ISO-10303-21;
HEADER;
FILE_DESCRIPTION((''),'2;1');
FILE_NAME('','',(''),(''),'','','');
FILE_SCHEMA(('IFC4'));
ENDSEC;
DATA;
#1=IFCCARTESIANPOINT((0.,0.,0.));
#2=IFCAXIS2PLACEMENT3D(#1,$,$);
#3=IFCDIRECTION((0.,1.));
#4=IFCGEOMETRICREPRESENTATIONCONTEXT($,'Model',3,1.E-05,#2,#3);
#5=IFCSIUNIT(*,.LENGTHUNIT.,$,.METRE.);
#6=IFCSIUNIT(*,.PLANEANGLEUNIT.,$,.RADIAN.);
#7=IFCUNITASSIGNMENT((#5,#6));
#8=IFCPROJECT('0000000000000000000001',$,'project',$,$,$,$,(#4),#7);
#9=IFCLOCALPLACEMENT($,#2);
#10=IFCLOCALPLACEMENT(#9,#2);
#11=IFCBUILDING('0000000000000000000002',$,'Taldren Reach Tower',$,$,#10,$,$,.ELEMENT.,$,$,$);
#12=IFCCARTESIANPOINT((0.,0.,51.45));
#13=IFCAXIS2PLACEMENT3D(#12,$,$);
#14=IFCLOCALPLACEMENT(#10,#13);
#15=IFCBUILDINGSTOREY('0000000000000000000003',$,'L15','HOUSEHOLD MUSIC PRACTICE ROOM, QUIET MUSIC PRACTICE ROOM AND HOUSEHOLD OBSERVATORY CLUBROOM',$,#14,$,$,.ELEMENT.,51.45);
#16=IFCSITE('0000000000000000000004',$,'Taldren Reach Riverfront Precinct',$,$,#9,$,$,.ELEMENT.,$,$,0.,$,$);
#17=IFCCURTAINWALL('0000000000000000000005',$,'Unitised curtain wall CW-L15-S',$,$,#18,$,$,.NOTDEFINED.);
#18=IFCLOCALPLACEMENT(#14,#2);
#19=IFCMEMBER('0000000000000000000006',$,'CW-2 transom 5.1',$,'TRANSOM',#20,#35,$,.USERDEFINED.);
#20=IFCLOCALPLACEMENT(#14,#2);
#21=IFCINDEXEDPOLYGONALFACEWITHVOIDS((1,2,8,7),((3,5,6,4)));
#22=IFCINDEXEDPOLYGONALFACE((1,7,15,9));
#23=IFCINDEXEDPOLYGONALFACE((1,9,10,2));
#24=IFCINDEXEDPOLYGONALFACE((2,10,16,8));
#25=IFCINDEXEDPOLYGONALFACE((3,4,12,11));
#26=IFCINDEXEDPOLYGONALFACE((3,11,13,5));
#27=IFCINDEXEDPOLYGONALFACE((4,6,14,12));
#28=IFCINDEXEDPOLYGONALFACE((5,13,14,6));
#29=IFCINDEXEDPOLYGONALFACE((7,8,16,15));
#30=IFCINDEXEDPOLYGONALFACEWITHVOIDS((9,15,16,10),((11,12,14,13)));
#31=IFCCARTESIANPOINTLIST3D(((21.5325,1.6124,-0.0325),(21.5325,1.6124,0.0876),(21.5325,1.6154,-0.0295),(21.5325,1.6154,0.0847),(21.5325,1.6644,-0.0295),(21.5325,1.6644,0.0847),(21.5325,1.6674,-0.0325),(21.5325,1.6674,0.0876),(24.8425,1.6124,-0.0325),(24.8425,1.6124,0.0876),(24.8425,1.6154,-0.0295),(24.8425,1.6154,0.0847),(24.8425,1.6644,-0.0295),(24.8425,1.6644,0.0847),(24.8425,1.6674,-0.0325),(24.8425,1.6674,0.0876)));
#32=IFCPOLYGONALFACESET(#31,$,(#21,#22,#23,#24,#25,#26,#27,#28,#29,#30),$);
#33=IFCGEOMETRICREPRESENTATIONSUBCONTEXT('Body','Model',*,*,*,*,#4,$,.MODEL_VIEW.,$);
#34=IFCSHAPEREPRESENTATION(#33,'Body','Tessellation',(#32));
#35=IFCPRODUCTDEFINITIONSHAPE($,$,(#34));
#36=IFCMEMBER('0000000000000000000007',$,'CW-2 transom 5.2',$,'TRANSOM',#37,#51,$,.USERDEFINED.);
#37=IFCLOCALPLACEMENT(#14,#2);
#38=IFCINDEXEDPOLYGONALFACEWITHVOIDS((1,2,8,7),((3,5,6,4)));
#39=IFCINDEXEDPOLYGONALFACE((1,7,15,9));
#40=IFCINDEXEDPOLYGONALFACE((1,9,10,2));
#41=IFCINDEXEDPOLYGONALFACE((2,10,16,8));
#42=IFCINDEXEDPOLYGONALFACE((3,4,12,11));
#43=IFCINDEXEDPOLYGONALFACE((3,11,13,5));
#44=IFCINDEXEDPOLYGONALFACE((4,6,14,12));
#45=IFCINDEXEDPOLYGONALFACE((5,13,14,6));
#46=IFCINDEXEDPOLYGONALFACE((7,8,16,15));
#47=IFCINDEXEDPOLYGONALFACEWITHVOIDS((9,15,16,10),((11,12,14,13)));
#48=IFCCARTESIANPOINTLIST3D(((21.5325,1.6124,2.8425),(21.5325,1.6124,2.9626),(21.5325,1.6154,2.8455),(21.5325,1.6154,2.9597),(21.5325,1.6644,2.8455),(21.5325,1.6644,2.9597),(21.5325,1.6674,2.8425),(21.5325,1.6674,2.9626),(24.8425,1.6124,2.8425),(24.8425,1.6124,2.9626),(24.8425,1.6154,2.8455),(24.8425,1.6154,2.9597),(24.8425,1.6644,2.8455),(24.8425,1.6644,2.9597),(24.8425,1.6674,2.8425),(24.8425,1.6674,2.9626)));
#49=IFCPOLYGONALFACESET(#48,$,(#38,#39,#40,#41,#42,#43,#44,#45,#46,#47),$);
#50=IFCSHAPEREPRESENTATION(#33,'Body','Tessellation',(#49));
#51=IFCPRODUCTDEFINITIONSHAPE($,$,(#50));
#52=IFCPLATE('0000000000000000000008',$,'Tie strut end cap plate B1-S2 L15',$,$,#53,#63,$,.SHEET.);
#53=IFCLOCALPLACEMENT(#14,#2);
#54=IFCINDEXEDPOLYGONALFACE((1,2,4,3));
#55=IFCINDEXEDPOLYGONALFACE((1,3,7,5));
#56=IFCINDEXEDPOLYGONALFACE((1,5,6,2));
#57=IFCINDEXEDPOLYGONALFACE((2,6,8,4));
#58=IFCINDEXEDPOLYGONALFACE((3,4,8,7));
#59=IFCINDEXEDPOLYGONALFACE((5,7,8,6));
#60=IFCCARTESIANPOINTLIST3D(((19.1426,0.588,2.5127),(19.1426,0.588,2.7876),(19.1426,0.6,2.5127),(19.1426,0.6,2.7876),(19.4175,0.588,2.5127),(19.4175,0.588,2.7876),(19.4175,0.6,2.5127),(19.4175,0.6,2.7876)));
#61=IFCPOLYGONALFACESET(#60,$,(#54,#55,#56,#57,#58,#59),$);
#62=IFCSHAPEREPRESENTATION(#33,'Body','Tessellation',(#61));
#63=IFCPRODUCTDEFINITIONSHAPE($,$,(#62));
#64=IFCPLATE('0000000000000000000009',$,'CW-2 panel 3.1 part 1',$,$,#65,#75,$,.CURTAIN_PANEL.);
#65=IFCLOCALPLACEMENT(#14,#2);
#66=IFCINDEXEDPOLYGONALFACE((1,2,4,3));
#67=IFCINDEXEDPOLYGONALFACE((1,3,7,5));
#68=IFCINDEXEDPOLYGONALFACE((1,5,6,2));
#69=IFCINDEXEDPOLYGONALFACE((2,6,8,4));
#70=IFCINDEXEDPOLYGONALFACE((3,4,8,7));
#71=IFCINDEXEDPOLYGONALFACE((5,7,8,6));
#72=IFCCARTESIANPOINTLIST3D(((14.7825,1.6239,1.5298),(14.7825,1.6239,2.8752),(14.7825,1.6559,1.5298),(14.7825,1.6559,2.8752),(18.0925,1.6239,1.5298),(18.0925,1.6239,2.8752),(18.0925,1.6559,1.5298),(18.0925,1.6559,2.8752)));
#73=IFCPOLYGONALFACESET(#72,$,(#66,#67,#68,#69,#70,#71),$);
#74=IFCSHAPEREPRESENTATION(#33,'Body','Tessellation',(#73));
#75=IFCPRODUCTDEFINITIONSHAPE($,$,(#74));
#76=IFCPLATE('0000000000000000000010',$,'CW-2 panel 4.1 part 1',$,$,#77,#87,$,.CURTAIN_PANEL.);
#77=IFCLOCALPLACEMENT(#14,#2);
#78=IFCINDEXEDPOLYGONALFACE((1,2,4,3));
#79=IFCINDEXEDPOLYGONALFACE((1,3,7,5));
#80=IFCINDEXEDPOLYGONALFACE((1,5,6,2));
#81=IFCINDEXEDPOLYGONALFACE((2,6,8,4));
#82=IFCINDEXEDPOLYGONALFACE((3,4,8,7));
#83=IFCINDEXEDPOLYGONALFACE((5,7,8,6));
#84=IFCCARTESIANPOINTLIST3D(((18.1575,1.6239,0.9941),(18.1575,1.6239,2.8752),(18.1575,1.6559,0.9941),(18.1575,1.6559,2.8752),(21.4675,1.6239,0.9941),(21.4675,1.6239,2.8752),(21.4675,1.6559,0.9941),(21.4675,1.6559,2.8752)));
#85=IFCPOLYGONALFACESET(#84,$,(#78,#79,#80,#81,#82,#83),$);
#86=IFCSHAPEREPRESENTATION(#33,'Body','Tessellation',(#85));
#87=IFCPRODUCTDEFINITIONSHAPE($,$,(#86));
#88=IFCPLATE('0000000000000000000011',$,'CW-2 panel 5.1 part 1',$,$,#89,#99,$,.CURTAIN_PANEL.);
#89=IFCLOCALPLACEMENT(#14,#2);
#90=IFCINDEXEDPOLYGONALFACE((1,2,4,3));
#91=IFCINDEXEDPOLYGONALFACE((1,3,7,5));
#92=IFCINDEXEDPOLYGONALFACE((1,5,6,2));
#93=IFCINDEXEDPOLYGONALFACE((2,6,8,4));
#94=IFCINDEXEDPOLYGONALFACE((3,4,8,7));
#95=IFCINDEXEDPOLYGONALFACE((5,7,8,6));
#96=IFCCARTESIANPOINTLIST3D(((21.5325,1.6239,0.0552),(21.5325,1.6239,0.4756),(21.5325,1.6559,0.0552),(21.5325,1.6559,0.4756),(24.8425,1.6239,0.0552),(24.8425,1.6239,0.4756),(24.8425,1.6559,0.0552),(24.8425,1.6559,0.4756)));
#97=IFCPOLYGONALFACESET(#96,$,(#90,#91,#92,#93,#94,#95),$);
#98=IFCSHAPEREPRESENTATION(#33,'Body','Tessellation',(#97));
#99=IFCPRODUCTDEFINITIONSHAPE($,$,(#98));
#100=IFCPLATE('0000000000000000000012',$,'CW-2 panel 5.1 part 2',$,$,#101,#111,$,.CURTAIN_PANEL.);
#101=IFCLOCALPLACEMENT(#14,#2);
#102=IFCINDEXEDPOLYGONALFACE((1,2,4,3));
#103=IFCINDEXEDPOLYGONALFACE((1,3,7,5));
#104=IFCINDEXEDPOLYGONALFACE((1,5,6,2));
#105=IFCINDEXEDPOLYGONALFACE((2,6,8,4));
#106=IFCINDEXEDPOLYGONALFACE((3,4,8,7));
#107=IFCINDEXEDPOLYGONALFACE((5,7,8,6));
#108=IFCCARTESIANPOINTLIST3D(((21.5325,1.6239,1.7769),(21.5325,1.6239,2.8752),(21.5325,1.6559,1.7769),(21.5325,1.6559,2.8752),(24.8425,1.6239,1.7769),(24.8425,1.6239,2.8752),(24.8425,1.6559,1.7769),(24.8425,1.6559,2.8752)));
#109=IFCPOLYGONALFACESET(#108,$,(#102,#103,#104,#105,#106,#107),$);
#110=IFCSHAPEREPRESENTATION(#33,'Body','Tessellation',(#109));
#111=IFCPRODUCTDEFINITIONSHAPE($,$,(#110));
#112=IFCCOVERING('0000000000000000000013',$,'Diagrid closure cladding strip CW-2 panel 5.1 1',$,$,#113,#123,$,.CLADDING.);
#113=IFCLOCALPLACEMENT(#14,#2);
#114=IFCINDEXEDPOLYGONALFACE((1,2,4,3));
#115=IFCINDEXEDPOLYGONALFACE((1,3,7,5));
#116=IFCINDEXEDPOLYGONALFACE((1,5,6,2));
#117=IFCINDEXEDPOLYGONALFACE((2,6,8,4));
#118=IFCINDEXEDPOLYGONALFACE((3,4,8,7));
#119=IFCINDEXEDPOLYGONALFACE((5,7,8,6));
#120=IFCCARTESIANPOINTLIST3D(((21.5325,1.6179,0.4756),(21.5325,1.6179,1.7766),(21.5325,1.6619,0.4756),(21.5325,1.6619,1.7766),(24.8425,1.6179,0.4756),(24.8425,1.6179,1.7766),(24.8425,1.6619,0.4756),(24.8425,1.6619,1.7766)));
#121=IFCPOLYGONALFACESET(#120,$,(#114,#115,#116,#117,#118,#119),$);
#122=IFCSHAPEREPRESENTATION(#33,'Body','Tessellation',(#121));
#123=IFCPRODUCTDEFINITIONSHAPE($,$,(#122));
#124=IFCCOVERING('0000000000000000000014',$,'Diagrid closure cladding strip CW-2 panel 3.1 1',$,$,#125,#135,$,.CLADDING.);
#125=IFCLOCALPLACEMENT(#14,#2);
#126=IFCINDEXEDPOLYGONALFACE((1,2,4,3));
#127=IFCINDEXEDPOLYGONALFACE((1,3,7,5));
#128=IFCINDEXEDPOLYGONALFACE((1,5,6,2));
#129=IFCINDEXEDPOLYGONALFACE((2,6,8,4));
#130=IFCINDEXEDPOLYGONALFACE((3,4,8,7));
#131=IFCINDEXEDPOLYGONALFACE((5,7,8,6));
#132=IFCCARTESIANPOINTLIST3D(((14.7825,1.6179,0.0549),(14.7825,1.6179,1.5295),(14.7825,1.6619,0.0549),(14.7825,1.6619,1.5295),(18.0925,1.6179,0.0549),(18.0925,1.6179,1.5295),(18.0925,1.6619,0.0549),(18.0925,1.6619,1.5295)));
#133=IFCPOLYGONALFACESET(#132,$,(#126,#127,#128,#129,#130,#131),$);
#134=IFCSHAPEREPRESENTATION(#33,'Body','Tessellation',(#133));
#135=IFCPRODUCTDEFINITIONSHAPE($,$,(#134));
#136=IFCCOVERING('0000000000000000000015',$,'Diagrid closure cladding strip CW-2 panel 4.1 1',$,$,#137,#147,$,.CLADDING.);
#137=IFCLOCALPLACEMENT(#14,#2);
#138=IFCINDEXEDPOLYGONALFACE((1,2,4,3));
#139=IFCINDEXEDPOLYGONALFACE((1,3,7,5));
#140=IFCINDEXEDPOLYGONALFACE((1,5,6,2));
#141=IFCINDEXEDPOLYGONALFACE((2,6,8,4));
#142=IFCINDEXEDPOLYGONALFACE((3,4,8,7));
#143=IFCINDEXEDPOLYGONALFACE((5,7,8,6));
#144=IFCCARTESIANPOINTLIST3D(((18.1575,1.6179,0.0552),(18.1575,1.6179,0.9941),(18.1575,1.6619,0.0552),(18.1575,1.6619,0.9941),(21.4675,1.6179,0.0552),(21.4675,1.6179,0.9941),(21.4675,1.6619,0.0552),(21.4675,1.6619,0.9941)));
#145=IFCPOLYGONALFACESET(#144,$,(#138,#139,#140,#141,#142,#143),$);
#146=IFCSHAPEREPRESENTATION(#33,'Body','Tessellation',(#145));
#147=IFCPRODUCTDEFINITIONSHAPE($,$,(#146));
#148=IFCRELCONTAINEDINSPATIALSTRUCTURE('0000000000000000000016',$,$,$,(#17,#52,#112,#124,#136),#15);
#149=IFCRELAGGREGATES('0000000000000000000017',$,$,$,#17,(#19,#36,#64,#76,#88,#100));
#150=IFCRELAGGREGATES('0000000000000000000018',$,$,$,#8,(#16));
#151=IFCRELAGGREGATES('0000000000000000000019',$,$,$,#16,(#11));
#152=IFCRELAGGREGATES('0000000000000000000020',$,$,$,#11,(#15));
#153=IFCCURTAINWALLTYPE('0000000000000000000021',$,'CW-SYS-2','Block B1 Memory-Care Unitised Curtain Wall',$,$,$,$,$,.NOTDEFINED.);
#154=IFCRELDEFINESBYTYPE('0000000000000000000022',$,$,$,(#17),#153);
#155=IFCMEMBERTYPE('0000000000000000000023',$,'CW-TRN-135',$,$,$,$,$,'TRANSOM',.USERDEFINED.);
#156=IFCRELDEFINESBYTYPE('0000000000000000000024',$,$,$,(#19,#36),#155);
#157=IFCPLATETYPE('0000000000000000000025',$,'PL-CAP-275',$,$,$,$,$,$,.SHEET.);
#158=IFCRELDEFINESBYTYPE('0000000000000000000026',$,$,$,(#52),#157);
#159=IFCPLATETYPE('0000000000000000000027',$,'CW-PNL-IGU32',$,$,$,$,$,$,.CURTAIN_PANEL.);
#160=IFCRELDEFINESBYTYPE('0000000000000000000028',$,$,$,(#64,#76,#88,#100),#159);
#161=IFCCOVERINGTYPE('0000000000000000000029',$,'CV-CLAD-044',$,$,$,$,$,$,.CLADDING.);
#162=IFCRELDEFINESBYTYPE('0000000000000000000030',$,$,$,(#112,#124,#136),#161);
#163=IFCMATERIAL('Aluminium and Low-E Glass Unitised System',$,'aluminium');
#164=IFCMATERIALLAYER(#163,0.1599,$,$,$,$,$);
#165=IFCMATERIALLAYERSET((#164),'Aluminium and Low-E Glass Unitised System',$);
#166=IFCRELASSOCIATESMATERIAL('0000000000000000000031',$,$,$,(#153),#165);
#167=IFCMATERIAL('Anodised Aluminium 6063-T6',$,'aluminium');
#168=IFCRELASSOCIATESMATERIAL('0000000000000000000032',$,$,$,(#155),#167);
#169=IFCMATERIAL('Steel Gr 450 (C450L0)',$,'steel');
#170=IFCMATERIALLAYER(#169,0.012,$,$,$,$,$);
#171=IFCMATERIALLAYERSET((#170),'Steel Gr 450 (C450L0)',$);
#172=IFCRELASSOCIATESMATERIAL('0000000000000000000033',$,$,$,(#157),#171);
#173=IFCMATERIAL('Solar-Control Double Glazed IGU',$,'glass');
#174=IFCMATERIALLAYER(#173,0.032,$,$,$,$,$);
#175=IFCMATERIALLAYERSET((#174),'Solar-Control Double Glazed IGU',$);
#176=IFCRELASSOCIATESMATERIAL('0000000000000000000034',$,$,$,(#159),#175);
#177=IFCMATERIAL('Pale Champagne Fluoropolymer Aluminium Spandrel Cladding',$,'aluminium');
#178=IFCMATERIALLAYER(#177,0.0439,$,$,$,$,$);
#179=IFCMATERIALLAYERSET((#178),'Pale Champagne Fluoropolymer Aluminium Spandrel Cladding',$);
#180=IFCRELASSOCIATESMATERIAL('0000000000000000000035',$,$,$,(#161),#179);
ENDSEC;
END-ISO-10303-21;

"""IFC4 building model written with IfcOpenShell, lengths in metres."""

from ifc_helpers import new_model, si_unit, direction, frame, origin, origin_2d, place, context, subcontext, project, spatial, rectangle, hollow_rectangle, extrude, source, transform, mapped, material, layer, layer_set, material_profile, profile_set, type_object, element, aggregate, save


model = new_model("IFC4")

# Units and contexts
model_context = context("Model", 3, precision=1e-05, world=origin(), true_north=direction((0.0, 1.0)))
body_context = subcontext(model_context, "Body", "Model", "MODEL_VIEW")
ifc_project = project(units=[si_unit("LENGTHUNIT", "METRE"), si_unit("PLANEANGLEUNIT", "RADIAN")], contexts=[model_context])

# Site, building, storey
site_placement = place(None, origin())
site = spatial("IfcSite", under=ifc_project, at=site_placement, Name="Taldren Reach Riverfront Precinct", CompositionType="ELEMENT", RefElevation=0.0)
building_placement = place(site_placement, origin())
building = spatial("IfcBuilding", under=site, at=building_placement, Name="Taldren Reach Tower", CompositionType="ELEMENT")
storey_placement = place(building_placement, frame((0.0, 0.0, 51.45)))
storey = spatial("IfcBuildingStorey", under=building, at=storey_placement, Name="L15", Description="HOUSEHOLD MUSIC PRACTICE ROOM, QUIET MUSIC PRACTICE ROOM AND HOUSEHOLD OBSERVATORY CLUBROOM", CompositionType="ELEMENT", Elevation=51.45)

# Shared definitions
ifc_material_1 = material(Name="Steel Gr 450 (C450L0)", Category="steel")

# Curtain wall, members
ifc_material_2 = material(Name="Aluminium and Low-E Glass Unitised System", Category="aluminium")
ifc_layer_1 = layer(ifc_material_2, 0.1599)
ifc_layer_set_1 = layer_set([ifc_layer_1], Name="Aluminium and Low-E Glass Unitised System")
curtain_wall_type = type_object("IfcCurtainWallType", Name="CW-SYS-2", Description="Block B1 Memory-Care Unitised Curtain Wall", PredefinedType="NOTDEFINED", material=ifc_layer_set_1)
curtain_wall_placement = place(storey_placement, origin())
curtain_wall = element("IfcCurtainWall", 1, at=curtain_wall_placement, inside=storey, type_object=curtain_wall_type, Name="Unitised curtain wall CW-L15-S", PredefinedType="NOTDEFINED")
ifc_material_3 = material(Name="Anodised Aluminium 6063-T6", Category="aluminium")
ifc_material_profile_1 = material_profile(ifc_material_3, hollow_rectangle(XDim=0.0549, YDim=0.1201, WallThickness=0.0029, at=origin_2d()), Name="ALU-120x55x3RHS")
ifc_profile_set_1 = profile_set([ifc_material_profile_1], Name="Anodised Aluminium 6063-T6")
member_type_1 = type_object("IfcMemberType", Name="CW-TRN-135", ElementType="TRANSOM", PredefinedType="USERDEFINED", material=ifc_profile_set_1)
shared_shape_1 = source(origin(), body_context, "Body", "SweptSolid", [
    extrude(hollow_rectangle(XDim=0.0549, YDim=0.1201, WallThickness=0.0029, at=origin_2d()), origin(), (0.0, 0.0, 1.0), 3.3101),
])
member_1_placement = place(storey_placement, frame((21.5325, 1.6399, 0.0276), z_axis=(1.0, 0.0, 0.0), x_axis=(0.0, 1.0, 0.0)))
member_1 = element("IfcMember", 2, at=member_1_placement, type_object=member_type_1, Name="CW-2 transom 5.1", ObjectType="TRANSOM", PredefinedType="USERDEFINED", context=body_context, shape_type="MappedRepresentation", body=[
    mapped(shared_shape_1, transform((0.0, 0.0, 0.0), scale=1.0)),
])
member_2_placement = place(storey_placement, frame((21.5325, 1.6399, 2.9026), z_axis=(1.0, 0.0, 0.0), x_axis=(0.0, 1.0, 0.0)))
member_2 = element("IfcMember", 3, at=member_2_placement, type_object=member_type_1, Name="CW-2 transom 5.2", ObjectType="TRANSOM", PredefinedType="USERDEFINED", context=body_context, shape_type="MappedRepresentation", body=[
    mapped(shared_shape_1, transform((0.0, 0.0, 0.0), scale=1.0)),
])

# Plates
ifc_layer_2 = layer(ifc_material_1, 0.012)
ifc_layer_set_2 = layer_set([ifc_layer_2], Name="Steel Gr 450 (C450L0)")
plate_type_1 = type_object("IfcPlateType", Name="PL-CAP-275", PredefinedType="SHEET", material=ifc_layer_set_2)
shared_shape_2 = source(origin(), body_context, "Body", "SweptSolid", [
    extrude(rectangle(XDim=0.2749, YDim=0.012, at=origin_2d()), origin(), (0.0, 0.0, 1.0), 0.2749),
])
plate_1_placement = place(storey_placement, frame((19.28, 0.594, 2.5127), z_axis=(0.0, 0.0, 1.0), x_axis=(1.0, 0.0, 0.0)))
element("IfcPlate", 4, at=plate_1_placement, inside=storey, type_object=plate_type_1, Name="Tie strut end cap plate B1-S2 L15", PredefinedType="SHEET", context=body_context, shape_type="MappedRepresentation", body=[
    mapped(shared_shape_2, transform((0.0, 0.0, 0.0), scale=1.0)),
])
ifc_material_4 = material(Name="Solar-Control Double Glazed IGU", Category="glass")
ifc_layer_3 = layer(ifc_material_4, 0.032)
ifc_layer_set_3 = layer_set([ifc_layer_3], Name="Solar-Control Double Glazed IGU")
plate_type_2 = type_object("IfcPlateType", Name="CW-PNL-IGU32", PredefinedType="CURTAIN_PANEL", material=ifc_layer_set_3)
shared_shape_3 = source(origin(), body_context, "Body", "SweptSolid", [
    extrude(rectangle(XDim=3.3101, YDim=0.032, at=origin_2d()), origin(), (0.0, 0.0, 1.0), 1.3455),
])
plate_2_placement = place(storey_placement, frame((16.4375, 1.6399, 1.5298), z_axis=(0.0, 0.0, 1.0), x_axis=(1.0, 0.0, 0.0)))
plate_2 = element("IfcPlate", 5, at=plate_2_placement, type_object=plate_type_2, Name="CW-2 panel 3.1 part 1", PredefinedType="CURTAIN_PANEL", context=body_context, shape_type="MappedRepresentation", body=[
    mapped(shared_shape_3, transform((0.0, 0.0, 0.0), scale=1.0)),
])
shared_shape_4 = source(origin(), body_context, "Body", "SweptSolid", [
    extrude(rectangle(XDim=3.3101, YDim=0.032, at=origin_2d()), origin(), (0.0, 0.0, 1.0), 1.8811),
])
plate_3_placement = place(storey_placement, frame((19.8125, 1.6399, 0.9941), z_axis=(0.0, 0.0, 1.0), x_axis=(1.0, 0.0, 0.0)))
plate_3 = element("IfcPlate", 6, at=plate_3_placement, type_object=plate_type_2, Name="CW-2 panel 4.1 part 1", PredefinedType="CURTAIN_PANEL", context=body_context, shape_type="MappedRepresentation", body=[
    mapped(shared_shape_4, transform((0.0, 0.0, 0.0), scale=1.0)),
])
shared_shape_5 = source(origin(), body_context, "Body", "SweptSolid", [
    extrude(rectangle(XDim=3.3101, YDim=0.032, at=origin_2d()), origin(), (0.0, 0.0, 1.0), 0.4204),
])
plate_4_placement = place(storey_placement, frame((23.1875, 1.6399, 0.0552), z_axis=(0.0, 0.0, 1.0), x_axis=(1.0, 0.0, 0.0)))
plate_4 = element("IfcPlate", 7, at=plate_4_placement, type_object=plate_type_2, Name="CW-2 panel 5.1 part 1", PredefinedType="CURTAIN_PANEL", context=body_context, shape_type="MappedRepresentation", body=[
    mapped(shared_shape_5, transform((0.0, 0.0, 0.0), scale=1.0)),
])
shared_shape_6 = source(origin(), body_context, "Body", "SweptSolid", [
    extrude(rectangle(XDim=3.3101, YDim=0.032, at=origin_2d()), origin(), (0.0, 0.0, 1.0), 1.0984),
])
plate_5_placement = place(storey_placement, frame((23.1875, 1.6399, 1.7769), z_axis=(0.0, 0.0, 1.0), x_axis=(1.0, 0.0, 0.0)))
plate_5 = element("IfcPlate", 8, at=plate_5_placement, type_object=plate_type_2, Name="CW-2 panel 5.1 part 2", PredefinedType="CURTAIN_PANEL", context=body_context, shape_type="MappedRepresentation", body=[
    mapped(shared_shape_6, transform((0.0, 0.0, 0.0), scale=1.0)),
])
aggregate(curtain_wall, [member_1, member_2, plate_2, plate_3, plate_4, plate_5])

# Coverings
ifc_material_5 = material(Name="Pale Champagne Fluoropolymer Aluminium Spandrel Cladding", Category="aluminium")
ifc_layer_4 = layer(ifc_material_5, 0.0439)
ifc_layer_set_4 = layer_set([ifc_layer_4], Name="Pale Champagne Fluoropolymer Aluminium Spandrel Cladding")
covering_type = type_object("IfcCoveringType", Name="CV-CLAD-044", PredefinedType="CLADDING", material=ifc_layer_set_4)
shared_shape_7 = source(origin(), body_context, "Body", "SweptSolid", [
    extrude(rectangle(XDim=3.3101, YDim=0.0439, at=origin_2d()), origin(), (0.0, 0.0, 1.0), 1.301),
])
covering_1_placement = place(storey_placement, frame((23.1875, 1.6399, 0.4756), z_axis=(0.0, 0.0, 1.0), x_axis=(1.0, 0.0, 0.0)))
element("IfcCovering", 9, at=covering_1_placement, inside=storey, type_object=covering_type, Name="Diagrid closure cladding strip CW-2 panel 5.1 1", PredefinedType="CLADDING", context=body_context, shape_type="MappedRepresentation", body=[
    mapped(shared_shape_7, transform((0.0, 0.0, 0.0), scale=1.0)),
])
shared_shape_8 = source(origin(), body_context, "Body", "SweptSolid", [
    extrude(rectangle(XDim=3.3101, YDim=0.0439, at=origin_2d()), origin(), (0.0, 0.0, 1.0), 1.4746),
])
covering_2_placement = place(storey_placement, frame((16.4375, 1.6399, 0.0549), z_axis=(0.0, 0.0, 1.0), x_axis=(1.0, 0.0, 0.0)))
element("IfcCovering", 10, at=covering_2_placement, inside=storey, type_object=covering_type, Name="Diagrid closure cladding strip CW-2 panel 3.1 1", PredefinedType="CLADDING", context=body_context, shape_type="MappedRepresentation", body=[
    mapped(shared_shape_8, transform((0.0, 0.0, 0.0), scale=1.0)),
])
shared_shape_9 = source(origin(), body_context, "Body", "SweptSolid", [
    extrude(rectangle(XDim=3.3101, YDim=0.0439, at=origin_2d()), origin(), (0.0, 0.0, 1.0), 0.939),
])
covering_3_placement = place(storey_placement, frame((19.8125, 1.6399, 0.0552), z_axis=(0.0, 0.0, 1.0), x_axis=(1.0, 0.0, 0.0)))
element("IfcCovering", 11, at=covering_3_placement, inside=storey, type_object=covering_type, Name="Diagrid closure cladding strip CW-2 panel 4.1 1", PredefinedType="CLADDING", context=body_context, shape_type="MappedRepresentation", body=[
    mapped(shared_shape_9, transform((0.0, 0.0, 0.0), scale=1.0)),
])

save(model, "model.ifc")
